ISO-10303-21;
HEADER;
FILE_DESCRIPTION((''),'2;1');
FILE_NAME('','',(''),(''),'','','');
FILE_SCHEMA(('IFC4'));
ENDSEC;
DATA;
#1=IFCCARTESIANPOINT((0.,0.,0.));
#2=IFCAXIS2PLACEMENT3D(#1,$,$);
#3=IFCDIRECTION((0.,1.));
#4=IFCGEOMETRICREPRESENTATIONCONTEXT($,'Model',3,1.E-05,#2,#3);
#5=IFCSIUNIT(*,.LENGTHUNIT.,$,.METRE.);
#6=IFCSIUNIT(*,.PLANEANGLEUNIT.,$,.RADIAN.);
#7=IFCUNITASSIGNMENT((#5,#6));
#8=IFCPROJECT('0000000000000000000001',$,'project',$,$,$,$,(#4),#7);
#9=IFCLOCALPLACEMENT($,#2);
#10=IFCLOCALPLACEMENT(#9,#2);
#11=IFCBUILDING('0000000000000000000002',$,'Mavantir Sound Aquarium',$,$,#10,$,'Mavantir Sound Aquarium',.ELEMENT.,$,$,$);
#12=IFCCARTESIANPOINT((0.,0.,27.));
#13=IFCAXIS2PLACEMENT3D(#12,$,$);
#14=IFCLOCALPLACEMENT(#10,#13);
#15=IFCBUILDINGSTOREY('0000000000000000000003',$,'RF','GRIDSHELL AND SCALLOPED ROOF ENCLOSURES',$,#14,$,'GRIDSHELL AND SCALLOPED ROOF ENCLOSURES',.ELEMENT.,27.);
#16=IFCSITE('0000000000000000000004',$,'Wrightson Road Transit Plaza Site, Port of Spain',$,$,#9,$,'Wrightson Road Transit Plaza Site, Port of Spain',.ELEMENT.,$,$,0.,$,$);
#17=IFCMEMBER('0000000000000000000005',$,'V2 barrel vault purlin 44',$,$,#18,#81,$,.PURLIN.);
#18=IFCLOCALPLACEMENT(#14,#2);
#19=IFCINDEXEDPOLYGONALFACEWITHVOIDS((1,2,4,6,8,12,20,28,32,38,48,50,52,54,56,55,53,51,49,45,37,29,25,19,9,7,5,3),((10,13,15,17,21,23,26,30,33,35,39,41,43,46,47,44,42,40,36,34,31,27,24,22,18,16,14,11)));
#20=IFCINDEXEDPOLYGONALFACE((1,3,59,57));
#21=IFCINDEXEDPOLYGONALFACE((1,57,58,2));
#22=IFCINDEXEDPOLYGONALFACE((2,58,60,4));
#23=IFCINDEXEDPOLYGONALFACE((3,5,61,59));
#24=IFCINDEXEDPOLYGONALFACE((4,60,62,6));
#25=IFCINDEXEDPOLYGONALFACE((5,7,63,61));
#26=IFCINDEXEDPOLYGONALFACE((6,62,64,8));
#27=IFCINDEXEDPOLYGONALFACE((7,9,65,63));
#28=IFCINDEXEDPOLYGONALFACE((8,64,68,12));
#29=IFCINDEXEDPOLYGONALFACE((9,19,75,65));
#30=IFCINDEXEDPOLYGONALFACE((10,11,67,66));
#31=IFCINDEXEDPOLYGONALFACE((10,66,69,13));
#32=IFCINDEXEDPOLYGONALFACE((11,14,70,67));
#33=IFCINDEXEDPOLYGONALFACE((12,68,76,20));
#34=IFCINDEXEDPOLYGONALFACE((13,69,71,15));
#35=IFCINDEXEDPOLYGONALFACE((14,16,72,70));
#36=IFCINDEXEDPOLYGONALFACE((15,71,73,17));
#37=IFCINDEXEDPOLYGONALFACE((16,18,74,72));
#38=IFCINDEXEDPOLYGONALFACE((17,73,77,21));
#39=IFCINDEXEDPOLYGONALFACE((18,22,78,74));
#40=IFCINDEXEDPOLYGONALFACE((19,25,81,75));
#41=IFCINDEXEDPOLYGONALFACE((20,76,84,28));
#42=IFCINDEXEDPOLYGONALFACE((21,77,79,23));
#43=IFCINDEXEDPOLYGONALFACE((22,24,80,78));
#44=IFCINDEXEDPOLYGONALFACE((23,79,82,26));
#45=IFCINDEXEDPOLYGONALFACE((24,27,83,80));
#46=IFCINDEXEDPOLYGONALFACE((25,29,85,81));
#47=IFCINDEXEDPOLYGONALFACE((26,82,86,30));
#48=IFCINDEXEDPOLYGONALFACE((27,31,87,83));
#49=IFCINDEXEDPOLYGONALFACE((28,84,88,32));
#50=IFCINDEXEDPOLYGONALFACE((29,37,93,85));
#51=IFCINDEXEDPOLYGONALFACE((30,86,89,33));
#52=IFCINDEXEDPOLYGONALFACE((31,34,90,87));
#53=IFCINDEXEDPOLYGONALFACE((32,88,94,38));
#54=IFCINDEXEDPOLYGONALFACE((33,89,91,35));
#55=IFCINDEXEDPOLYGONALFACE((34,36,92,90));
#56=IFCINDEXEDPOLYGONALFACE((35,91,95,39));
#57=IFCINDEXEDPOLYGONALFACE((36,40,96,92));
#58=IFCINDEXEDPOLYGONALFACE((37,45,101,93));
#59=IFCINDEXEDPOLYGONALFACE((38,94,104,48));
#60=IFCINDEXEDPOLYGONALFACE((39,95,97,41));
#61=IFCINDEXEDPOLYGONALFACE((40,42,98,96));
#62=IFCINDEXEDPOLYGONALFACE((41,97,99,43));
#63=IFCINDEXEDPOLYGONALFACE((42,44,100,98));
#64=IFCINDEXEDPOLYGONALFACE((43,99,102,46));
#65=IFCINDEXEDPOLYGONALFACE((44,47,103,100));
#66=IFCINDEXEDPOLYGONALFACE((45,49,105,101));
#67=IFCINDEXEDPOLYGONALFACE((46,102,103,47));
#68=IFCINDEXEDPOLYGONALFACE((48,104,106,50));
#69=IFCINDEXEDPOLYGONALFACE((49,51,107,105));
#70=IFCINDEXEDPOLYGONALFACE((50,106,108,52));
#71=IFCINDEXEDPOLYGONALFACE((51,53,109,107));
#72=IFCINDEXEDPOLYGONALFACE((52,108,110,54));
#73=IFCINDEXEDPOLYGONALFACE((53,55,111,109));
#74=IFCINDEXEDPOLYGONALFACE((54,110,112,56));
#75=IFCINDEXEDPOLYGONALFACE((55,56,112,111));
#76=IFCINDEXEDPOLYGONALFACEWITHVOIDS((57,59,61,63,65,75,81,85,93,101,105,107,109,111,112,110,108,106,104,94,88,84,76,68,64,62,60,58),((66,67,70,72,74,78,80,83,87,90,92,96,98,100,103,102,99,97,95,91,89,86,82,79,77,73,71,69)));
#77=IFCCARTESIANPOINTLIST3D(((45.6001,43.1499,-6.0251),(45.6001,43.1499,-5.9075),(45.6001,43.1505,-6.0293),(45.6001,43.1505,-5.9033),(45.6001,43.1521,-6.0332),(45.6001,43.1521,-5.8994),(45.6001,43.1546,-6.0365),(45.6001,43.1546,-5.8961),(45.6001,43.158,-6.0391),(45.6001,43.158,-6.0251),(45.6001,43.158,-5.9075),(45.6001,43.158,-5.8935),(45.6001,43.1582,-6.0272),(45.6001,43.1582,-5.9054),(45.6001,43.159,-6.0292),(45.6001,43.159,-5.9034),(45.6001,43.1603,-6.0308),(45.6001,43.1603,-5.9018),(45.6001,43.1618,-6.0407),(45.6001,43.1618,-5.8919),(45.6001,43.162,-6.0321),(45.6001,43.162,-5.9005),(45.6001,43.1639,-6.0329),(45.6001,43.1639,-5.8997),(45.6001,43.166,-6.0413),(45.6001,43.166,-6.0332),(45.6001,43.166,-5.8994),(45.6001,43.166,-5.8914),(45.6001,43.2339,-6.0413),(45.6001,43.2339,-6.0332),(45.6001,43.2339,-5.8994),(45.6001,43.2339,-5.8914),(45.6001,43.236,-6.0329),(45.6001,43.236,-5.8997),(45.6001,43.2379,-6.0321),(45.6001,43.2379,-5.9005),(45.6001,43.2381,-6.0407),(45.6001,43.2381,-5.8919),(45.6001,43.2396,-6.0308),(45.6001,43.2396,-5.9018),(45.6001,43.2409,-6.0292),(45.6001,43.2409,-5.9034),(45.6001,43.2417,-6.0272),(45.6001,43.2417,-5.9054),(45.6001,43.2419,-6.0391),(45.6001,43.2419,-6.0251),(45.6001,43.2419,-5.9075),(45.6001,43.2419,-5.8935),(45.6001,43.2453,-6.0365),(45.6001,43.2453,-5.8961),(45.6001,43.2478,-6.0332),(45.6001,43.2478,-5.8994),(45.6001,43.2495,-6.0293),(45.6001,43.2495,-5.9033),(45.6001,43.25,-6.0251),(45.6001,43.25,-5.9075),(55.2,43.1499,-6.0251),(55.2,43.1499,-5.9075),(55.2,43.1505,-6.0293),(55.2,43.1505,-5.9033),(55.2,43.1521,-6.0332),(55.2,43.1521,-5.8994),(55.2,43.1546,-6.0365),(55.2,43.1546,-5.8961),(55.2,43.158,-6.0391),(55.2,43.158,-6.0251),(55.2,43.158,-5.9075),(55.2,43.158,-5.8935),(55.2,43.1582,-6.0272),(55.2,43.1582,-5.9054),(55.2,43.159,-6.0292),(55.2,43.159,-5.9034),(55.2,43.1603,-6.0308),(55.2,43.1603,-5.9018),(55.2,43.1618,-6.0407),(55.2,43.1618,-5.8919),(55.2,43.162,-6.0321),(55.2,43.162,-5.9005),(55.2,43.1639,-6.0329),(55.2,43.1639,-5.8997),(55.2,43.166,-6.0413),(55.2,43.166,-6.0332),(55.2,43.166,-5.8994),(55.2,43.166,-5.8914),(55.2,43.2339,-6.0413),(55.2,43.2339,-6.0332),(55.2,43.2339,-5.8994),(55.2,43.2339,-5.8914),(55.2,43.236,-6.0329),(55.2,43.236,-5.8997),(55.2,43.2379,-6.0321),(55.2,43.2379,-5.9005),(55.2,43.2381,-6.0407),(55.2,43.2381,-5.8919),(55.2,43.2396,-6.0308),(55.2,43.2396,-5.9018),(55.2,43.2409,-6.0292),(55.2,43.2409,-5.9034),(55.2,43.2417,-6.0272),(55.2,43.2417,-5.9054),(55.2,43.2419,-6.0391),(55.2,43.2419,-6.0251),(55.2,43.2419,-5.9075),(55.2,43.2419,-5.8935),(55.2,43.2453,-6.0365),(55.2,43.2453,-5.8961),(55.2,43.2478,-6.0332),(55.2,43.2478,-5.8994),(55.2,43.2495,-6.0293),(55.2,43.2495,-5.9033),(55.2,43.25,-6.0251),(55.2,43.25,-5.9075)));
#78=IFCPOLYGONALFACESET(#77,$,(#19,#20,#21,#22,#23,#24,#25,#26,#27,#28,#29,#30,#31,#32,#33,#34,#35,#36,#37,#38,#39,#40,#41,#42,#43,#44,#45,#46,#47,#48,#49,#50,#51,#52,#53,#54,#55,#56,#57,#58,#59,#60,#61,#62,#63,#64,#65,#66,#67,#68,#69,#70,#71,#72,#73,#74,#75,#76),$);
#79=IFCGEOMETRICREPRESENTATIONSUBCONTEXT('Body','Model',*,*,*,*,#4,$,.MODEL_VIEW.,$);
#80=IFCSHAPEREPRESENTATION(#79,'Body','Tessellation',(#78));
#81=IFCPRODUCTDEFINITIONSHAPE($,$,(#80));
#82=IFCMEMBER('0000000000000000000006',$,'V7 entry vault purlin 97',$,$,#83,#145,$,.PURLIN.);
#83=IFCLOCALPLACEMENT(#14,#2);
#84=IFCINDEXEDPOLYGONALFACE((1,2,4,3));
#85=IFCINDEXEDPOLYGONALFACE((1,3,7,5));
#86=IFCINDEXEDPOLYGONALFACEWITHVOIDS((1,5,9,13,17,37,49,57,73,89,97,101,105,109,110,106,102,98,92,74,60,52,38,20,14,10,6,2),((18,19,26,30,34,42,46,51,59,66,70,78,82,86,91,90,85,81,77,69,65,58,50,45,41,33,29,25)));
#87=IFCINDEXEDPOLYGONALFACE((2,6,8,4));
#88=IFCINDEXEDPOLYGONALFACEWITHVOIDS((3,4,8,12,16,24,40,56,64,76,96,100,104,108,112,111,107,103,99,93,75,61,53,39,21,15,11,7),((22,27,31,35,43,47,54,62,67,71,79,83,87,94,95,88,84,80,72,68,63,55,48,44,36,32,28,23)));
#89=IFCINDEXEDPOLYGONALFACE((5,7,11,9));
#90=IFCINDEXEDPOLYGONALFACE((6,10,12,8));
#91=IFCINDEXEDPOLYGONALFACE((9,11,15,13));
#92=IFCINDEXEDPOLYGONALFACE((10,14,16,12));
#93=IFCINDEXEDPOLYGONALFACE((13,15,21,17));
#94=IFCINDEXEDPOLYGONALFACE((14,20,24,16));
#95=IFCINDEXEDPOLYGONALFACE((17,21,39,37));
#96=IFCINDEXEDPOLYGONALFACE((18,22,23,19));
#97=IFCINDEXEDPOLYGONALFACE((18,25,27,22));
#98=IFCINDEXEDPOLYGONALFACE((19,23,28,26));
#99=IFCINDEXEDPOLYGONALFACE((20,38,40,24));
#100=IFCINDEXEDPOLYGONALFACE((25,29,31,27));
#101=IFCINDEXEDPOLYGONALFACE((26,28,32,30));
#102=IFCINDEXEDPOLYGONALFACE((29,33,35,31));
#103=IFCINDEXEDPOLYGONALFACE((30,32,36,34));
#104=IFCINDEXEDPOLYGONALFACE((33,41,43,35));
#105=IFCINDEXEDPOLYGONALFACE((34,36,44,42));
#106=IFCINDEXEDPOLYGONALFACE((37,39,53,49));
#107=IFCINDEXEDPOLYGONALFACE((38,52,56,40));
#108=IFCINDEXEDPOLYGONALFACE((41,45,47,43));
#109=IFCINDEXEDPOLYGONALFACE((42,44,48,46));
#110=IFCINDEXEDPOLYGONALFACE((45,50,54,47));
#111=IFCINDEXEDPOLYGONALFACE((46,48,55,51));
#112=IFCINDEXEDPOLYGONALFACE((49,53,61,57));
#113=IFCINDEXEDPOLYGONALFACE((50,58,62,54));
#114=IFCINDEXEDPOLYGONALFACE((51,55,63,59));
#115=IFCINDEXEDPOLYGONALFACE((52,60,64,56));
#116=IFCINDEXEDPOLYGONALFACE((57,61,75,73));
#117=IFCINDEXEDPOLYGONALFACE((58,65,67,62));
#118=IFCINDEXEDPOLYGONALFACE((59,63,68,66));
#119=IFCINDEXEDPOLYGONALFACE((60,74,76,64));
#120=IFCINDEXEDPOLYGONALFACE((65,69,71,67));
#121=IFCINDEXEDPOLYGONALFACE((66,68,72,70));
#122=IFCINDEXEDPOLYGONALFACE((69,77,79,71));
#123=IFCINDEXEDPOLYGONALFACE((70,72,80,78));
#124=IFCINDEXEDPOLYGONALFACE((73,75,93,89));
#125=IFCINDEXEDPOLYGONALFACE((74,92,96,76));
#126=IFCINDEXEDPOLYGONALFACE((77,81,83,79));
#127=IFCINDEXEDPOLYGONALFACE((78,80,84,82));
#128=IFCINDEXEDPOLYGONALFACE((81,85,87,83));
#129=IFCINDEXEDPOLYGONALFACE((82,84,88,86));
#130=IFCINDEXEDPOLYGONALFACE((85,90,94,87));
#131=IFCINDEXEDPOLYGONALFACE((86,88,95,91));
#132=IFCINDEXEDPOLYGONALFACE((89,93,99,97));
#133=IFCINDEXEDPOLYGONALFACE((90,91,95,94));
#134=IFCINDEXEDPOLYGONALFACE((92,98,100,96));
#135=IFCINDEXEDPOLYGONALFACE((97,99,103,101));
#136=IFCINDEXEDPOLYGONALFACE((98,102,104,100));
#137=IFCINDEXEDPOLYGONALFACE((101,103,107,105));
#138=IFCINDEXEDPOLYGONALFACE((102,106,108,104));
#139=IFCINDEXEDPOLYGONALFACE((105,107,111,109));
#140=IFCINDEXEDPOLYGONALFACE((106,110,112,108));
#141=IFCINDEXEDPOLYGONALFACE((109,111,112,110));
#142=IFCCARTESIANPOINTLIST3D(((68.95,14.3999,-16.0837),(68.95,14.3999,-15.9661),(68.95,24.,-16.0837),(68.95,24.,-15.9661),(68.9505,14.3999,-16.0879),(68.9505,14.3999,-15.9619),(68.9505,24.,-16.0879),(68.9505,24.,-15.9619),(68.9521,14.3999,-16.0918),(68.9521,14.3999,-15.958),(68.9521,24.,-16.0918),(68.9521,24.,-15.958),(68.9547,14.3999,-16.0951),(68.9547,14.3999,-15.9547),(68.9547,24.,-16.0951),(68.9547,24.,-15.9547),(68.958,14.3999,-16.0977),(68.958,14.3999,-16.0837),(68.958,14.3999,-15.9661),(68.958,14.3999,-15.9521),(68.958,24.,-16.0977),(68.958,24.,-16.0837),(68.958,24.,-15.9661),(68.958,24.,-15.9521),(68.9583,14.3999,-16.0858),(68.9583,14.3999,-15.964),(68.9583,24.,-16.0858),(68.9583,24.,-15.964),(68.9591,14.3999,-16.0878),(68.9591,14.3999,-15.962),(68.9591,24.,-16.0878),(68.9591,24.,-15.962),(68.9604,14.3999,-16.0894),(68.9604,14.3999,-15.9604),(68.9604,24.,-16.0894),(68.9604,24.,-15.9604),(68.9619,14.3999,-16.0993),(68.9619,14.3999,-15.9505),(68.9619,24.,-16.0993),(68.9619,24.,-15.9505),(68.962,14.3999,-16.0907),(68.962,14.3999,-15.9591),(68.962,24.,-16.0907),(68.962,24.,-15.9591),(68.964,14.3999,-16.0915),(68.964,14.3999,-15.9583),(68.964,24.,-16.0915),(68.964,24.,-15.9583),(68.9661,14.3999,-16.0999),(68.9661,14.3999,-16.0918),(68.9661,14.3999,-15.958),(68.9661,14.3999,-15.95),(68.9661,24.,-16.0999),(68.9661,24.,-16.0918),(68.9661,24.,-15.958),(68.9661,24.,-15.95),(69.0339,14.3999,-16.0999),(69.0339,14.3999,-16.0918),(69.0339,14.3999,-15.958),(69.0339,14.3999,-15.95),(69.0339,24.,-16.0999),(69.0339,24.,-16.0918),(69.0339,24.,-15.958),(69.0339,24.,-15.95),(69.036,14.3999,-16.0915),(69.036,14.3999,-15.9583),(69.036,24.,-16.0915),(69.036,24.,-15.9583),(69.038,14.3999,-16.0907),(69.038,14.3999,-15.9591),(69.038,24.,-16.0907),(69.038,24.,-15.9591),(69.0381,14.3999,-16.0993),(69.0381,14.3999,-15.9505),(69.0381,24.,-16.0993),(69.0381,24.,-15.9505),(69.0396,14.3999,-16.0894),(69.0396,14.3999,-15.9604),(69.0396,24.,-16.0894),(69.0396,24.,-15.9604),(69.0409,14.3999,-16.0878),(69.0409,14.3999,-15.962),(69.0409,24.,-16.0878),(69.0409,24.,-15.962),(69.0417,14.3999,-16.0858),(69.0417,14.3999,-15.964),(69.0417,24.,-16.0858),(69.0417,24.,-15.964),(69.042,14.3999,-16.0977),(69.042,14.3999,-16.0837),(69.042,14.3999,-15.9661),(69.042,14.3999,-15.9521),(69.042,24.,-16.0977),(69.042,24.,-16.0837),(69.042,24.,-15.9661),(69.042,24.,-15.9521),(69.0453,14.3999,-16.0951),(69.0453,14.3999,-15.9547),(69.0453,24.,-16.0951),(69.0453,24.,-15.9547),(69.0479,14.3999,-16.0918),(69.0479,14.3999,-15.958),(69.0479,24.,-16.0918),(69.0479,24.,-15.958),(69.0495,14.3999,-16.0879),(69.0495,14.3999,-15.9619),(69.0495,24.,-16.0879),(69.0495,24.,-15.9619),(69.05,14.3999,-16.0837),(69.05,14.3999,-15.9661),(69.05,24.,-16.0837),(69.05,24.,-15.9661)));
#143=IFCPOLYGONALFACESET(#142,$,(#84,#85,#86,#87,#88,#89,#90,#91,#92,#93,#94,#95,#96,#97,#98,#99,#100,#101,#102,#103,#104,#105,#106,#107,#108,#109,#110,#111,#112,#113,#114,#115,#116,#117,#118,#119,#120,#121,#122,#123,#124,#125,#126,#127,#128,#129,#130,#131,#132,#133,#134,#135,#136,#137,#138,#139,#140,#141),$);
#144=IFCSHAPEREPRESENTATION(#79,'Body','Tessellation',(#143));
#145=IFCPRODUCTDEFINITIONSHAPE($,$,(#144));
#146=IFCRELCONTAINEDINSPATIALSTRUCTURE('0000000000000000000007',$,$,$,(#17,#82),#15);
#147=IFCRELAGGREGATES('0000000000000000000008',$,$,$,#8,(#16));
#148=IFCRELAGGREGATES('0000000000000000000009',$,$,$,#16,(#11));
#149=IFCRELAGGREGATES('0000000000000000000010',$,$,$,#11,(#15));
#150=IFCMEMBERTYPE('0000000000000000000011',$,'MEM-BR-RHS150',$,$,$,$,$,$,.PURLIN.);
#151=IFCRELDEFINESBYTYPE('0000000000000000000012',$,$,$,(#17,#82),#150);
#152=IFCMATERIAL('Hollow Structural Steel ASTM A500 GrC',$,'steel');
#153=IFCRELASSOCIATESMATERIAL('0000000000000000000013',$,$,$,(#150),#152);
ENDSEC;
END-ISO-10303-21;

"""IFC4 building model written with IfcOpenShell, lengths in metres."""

from ifc_helpers import new_model, si_unit, direction, frame, origin, origin_2d, place, context, subcontext, project, spatial, hollow_rectangle, extrude, material, material_profile, profile_set, type_object, element, save


model = new_model("IFC4")

# Units and contexts
model_context = context("Model", 3, precision=1e-05, world=origin(), true_north=direction((0.0, 1.0)))
body_context = subcontext(model_context, "Body", "Model", "MODEL_VIEW")
ifc_project = project(units=[si_unit("LENGTHUNIT", "METRE"), si_unit("PLANEANGLEUNIT", "RADIAN")], contexts=[model_context])

# Site, building, storey
site_placement = place(None, origin())
site = spatial("IfcSite", under=ifc_project, at=site_placement, Name="Wrightson Road Transit Plaza Site, Port of Spain", LongName="Wrightson Road Transit Plaza Site, Port of Spain", CompositionType="ELEMENT", RefElevation=0.0)
building_placement = place(site_placement, origin())
building = spatial("IfcBuilding", under=site, at=building_placement, Name="Mavantir Sound Aquarium", LongName="Mavantir Sound Aquarium", CompositionType="ELEMENT")
storey_placement = place(building_placement, frame((0.0, 0.0, 27.0)))
storey = spatial("IfcBuildingStorey", under=building, at=storey_placement, Name="RF", Description="GRIDSHELL AND SCALLOPED ROOF ENCLOSURES", LongName="GRIDSHELL AND SCALLOPED ROOF ENCLOSURES", CompositionType="ELEMENT", Elevation=27.0)

# Shared definitions
ifc_material_1 = material(Name="Hollow Structural Steel ASTM A500 GrC", Category="steel")

# Members
ifc_material_profile_1 = material_profile(ifc_material_1, hollow_rectangle(XDim=0.1001, YDim=0.1499, WallThickness=0.0081, InnerFilletRadius=0.0081, OuterFilletRadius=0.0161, at=origin_2d()), Name="RHS 150X100X8")
ifc_profile_set_1 = profile_set([ifc_material_profile_1], Name="Hollow Structural Steel ASTM A500 GrC")
member_type_1 = type_object("IfcMemberType", Name="MEM-BR-RHS150", PredefinedType="PURLIN", material=ifc_profile_set_1)
for number, where, z_axis, x_axis, name in (
    (1, (45.6001, 43.2, -5.9663), (1.0, 0.0, 0.0), (0.0, 1.0, 0.0), "V2 barrel vault purlin 44"),
):
    element("IfcMember", number, at=place(storey_placement, frame(where, z_axis=z_axis, x_axis=x_axis)), inside=storey, type_object=member_type_1, Name=name, PredefinedType="PURLIN", context=body_context, shape_type="SweptSolid", body=[
        extrude(hollow_rectangle(XDim=0.1001, YDim=0.1499, WallThickness=0.0081, InnerFilletRadius=0.0081, OuterFilletRadius=0.0161, at=origin_2d()), origin(), (0.0, 0.0, 1.0), 9.5999),
    ])
for number, where, z_axis, x_axis, name in (
    (2, (69.0, 14.3999, -16.0249), (0.0, 1.0, 0.0), (-1.0, 0.0, 0.0), "V7 entry vault purlin 97"),
):
    element("IfcMember", number, at=place(storey_placement, frame(where, z_axis=z_axis, x_axis=x_axis)), inside=storey, type_object=member_type_1, Name=name, PredefinedType="PURLIN", context=body_context, shape_type="SweptSolid", body=[
        extrude(hollow_rectangle(XDim=0.1001, YDim=0.1499, WallThickness=0.0081, InnerFilletRadius=0.0081, OuterFilletRadius=0.0161, at=origin_2d()), origin(), (0.0, 0.0, 1.0), 9.6001),
    ])

save(model, "model.ifc")
